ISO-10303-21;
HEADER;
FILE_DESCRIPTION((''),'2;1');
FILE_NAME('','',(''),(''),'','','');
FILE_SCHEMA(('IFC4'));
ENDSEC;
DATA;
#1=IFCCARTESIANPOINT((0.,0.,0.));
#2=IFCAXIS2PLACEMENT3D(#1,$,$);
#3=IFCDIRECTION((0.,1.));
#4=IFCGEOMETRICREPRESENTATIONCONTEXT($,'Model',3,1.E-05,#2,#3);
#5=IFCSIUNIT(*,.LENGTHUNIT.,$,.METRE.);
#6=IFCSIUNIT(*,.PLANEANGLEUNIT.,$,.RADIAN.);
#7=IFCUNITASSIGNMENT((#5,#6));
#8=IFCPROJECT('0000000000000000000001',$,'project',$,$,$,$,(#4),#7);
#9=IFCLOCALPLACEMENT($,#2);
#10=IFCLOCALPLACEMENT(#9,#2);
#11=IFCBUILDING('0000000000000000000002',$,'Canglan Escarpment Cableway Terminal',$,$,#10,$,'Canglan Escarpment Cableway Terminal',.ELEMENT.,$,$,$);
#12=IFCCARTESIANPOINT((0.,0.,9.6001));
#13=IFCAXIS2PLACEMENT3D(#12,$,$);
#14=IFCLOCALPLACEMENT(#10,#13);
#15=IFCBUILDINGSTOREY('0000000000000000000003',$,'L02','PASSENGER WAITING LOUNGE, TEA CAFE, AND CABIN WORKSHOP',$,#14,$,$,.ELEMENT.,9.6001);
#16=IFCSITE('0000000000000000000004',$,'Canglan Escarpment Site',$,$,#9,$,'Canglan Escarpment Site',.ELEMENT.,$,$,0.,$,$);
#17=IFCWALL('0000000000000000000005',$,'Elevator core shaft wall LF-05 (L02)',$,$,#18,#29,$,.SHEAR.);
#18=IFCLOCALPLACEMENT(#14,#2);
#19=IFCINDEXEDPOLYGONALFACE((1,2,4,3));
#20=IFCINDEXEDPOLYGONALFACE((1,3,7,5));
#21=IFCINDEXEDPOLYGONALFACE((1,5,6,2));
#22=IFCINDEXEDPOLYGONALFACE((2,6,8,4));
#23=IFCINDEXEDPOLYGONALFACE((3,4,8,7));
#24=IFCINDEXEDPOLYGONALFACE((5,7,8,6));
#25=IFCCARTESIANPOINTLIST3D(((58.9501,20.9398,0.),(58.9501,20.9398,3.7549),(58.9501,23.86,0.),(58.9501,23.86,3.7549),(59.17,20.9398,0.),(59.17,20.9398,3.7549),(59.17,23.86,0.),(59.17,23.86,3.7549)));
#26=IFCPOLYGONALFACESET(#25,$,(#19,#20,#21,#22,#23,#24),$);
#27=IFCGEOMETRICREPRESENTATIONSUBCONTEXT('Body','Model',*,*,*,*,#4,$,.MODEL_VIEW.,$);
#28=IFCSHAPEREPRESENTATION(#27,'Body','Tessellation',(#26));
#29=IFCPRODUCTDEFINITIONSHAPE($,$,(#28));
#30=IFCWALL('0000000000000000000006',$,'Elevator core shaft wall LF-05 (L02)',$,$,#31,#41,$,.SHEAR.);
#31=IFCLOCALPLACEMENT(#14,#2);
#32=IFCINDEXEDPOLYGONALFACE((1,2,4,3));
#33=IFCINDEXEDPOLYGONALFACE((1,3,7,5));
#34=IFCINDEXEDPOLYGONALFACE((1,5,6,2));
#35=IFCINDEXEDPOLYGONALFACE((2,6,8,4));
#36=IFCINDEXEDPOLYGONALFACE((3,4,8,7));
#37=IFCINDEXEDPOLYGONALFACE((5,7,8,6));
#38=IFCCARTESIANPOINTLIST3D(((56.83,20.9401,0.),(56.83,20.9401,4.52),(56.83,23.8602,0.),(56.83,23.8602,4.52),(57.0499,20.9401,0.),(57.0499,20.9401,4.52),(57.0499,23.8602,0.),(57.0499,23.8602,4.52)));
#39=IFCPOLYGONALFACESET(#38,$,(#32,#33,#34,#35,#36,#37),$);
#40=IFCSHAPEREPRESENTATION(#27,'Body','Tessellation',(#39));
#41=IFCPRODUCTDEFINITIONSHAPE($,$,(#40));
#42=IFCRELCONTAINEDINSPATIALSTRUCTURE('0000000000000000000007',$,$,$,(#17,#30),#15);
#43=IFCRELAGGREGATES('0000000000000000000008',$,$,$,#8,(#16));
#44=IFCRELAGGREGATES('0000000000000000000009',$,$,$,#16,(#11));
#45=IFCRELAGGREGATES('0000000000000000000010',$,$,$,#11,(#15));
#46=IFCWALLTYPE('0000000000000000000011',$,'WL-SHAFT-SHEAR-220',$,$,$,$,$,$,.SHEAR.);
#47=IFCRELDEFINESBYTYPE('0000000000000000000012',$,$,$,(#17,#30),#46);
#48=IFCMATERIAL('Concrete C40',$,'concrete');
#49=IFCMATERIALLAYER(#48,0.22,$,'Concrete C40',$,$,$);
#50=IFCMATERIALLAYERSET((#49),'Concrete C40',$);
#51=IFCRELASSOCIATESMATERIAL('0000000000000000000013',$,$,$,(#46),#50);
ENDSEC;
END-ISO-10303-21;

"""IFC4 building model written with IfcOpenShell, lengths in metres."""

from ifc_helpers import new_model, si_unit, direction, frame, frame_2d, origin, place, context, subcontext, project, spatial, rectangle, extrude, material, layer, layer_set, type_object, element, save


model = new_model("IFC4")

# Units and contexts
model_context = context("Model", 3, precision=1e-05, world=origin(), true_north=direction((0.0, 1.0)))
body_context = subcontext(model_context, "Body", "Model", "MODEL_VIEW")
ifc_project = project(units=[si_unit("LENGTHUNIT", "METRE"), si_unit("PLANEANGLEUNIT", "RADIAN")], contexts=[model_context])

# Site, building, storey
site_placement = place(None, origin())
site = spatial("IfcSite", under=ifc_project, at=site_placement, Name="Canglan Escarpment Site", LongName="Canglan Escarpment Site", CompositionType="ELEMENT", RefElevation=0.0)
building_placement = place(site_placement, origin())
building = spatial("IfcBuilding", under=site, at=building_placement, Name="Canglan Escarpment Cableway Terminal", LongName="Canglan Escarpment Cableway Terminal", CompositionType="ELEMENT")
storey_placement = place(building_placement, frame((0.0, 0.0, 9.6001)))
storey = spatial("IfcBuildingStorey", under=building, at=storey_placement, Name="L02", Description="PASSENGER WAITING LOUNGE, TEA CAFE, AND CABIN WORKSHOP", CompositionType="ELEMENT", Elevation=9.6001)

# Shared definitions
ifc_material_1 = material(Name="Concrete C40", Category="concrete")
ifc_layer_1 = layer(ifc_material_1, 0.22, Name="Concrete C40")
ifc_layer_set_1 = layer_set([ifc_layer_1], Name="Concrete C40")
wall_type = type_object("IfcWallType", Name="WL-SHAFT-SHEAR-220", PredefinedType="SHEAR", material=ifc_layer_set_1)

# Walls
wall_1_placement = place(storey_placement, frame((59.0601, 20.9399, 0.0), z_axis=(0.0, 0.0, 1.0), x_axis=(0.0, 1.0, 0.0)))
element("IfcWall", 1, at=wall_1_placement, inside=storey, type_object=wall_type, Name="Elevator core shaft wall LF-05 (L02)", PredefinedType="SHEAR", context=body_context, shape_type="SweptSolid", body=[
    extrude(rectangle(XDim=2.9202, YDim=0.22, at=frame_2d((1.46, 0.0))), origin(), (0.0, 0.0, 1.0), 3.7549),
])
wall_2_placement = place(storey_placement, frame((56.9399, 23.8601, 0.0), z_axis=(0.0, 0.0, 1.0), x_axis=(0.0, -1.0, 0.0)))
element("IfcWall", 2, at=wall_2_placement, inside=storey, type_object=wall_type, Name="Elevator core shaft wall LF-05 (L02)", PredefinedType="SHEAR", context=body_context, shape_type="SweptSolid", body=[
    extrude(rectangle(XDim=2.9202, YDim=0.22, at=frame_2d((1.46, 0.0))), origin(), (0.0, 0.0, 1.0), 4.52),
])

save(model, "model.ifc")
